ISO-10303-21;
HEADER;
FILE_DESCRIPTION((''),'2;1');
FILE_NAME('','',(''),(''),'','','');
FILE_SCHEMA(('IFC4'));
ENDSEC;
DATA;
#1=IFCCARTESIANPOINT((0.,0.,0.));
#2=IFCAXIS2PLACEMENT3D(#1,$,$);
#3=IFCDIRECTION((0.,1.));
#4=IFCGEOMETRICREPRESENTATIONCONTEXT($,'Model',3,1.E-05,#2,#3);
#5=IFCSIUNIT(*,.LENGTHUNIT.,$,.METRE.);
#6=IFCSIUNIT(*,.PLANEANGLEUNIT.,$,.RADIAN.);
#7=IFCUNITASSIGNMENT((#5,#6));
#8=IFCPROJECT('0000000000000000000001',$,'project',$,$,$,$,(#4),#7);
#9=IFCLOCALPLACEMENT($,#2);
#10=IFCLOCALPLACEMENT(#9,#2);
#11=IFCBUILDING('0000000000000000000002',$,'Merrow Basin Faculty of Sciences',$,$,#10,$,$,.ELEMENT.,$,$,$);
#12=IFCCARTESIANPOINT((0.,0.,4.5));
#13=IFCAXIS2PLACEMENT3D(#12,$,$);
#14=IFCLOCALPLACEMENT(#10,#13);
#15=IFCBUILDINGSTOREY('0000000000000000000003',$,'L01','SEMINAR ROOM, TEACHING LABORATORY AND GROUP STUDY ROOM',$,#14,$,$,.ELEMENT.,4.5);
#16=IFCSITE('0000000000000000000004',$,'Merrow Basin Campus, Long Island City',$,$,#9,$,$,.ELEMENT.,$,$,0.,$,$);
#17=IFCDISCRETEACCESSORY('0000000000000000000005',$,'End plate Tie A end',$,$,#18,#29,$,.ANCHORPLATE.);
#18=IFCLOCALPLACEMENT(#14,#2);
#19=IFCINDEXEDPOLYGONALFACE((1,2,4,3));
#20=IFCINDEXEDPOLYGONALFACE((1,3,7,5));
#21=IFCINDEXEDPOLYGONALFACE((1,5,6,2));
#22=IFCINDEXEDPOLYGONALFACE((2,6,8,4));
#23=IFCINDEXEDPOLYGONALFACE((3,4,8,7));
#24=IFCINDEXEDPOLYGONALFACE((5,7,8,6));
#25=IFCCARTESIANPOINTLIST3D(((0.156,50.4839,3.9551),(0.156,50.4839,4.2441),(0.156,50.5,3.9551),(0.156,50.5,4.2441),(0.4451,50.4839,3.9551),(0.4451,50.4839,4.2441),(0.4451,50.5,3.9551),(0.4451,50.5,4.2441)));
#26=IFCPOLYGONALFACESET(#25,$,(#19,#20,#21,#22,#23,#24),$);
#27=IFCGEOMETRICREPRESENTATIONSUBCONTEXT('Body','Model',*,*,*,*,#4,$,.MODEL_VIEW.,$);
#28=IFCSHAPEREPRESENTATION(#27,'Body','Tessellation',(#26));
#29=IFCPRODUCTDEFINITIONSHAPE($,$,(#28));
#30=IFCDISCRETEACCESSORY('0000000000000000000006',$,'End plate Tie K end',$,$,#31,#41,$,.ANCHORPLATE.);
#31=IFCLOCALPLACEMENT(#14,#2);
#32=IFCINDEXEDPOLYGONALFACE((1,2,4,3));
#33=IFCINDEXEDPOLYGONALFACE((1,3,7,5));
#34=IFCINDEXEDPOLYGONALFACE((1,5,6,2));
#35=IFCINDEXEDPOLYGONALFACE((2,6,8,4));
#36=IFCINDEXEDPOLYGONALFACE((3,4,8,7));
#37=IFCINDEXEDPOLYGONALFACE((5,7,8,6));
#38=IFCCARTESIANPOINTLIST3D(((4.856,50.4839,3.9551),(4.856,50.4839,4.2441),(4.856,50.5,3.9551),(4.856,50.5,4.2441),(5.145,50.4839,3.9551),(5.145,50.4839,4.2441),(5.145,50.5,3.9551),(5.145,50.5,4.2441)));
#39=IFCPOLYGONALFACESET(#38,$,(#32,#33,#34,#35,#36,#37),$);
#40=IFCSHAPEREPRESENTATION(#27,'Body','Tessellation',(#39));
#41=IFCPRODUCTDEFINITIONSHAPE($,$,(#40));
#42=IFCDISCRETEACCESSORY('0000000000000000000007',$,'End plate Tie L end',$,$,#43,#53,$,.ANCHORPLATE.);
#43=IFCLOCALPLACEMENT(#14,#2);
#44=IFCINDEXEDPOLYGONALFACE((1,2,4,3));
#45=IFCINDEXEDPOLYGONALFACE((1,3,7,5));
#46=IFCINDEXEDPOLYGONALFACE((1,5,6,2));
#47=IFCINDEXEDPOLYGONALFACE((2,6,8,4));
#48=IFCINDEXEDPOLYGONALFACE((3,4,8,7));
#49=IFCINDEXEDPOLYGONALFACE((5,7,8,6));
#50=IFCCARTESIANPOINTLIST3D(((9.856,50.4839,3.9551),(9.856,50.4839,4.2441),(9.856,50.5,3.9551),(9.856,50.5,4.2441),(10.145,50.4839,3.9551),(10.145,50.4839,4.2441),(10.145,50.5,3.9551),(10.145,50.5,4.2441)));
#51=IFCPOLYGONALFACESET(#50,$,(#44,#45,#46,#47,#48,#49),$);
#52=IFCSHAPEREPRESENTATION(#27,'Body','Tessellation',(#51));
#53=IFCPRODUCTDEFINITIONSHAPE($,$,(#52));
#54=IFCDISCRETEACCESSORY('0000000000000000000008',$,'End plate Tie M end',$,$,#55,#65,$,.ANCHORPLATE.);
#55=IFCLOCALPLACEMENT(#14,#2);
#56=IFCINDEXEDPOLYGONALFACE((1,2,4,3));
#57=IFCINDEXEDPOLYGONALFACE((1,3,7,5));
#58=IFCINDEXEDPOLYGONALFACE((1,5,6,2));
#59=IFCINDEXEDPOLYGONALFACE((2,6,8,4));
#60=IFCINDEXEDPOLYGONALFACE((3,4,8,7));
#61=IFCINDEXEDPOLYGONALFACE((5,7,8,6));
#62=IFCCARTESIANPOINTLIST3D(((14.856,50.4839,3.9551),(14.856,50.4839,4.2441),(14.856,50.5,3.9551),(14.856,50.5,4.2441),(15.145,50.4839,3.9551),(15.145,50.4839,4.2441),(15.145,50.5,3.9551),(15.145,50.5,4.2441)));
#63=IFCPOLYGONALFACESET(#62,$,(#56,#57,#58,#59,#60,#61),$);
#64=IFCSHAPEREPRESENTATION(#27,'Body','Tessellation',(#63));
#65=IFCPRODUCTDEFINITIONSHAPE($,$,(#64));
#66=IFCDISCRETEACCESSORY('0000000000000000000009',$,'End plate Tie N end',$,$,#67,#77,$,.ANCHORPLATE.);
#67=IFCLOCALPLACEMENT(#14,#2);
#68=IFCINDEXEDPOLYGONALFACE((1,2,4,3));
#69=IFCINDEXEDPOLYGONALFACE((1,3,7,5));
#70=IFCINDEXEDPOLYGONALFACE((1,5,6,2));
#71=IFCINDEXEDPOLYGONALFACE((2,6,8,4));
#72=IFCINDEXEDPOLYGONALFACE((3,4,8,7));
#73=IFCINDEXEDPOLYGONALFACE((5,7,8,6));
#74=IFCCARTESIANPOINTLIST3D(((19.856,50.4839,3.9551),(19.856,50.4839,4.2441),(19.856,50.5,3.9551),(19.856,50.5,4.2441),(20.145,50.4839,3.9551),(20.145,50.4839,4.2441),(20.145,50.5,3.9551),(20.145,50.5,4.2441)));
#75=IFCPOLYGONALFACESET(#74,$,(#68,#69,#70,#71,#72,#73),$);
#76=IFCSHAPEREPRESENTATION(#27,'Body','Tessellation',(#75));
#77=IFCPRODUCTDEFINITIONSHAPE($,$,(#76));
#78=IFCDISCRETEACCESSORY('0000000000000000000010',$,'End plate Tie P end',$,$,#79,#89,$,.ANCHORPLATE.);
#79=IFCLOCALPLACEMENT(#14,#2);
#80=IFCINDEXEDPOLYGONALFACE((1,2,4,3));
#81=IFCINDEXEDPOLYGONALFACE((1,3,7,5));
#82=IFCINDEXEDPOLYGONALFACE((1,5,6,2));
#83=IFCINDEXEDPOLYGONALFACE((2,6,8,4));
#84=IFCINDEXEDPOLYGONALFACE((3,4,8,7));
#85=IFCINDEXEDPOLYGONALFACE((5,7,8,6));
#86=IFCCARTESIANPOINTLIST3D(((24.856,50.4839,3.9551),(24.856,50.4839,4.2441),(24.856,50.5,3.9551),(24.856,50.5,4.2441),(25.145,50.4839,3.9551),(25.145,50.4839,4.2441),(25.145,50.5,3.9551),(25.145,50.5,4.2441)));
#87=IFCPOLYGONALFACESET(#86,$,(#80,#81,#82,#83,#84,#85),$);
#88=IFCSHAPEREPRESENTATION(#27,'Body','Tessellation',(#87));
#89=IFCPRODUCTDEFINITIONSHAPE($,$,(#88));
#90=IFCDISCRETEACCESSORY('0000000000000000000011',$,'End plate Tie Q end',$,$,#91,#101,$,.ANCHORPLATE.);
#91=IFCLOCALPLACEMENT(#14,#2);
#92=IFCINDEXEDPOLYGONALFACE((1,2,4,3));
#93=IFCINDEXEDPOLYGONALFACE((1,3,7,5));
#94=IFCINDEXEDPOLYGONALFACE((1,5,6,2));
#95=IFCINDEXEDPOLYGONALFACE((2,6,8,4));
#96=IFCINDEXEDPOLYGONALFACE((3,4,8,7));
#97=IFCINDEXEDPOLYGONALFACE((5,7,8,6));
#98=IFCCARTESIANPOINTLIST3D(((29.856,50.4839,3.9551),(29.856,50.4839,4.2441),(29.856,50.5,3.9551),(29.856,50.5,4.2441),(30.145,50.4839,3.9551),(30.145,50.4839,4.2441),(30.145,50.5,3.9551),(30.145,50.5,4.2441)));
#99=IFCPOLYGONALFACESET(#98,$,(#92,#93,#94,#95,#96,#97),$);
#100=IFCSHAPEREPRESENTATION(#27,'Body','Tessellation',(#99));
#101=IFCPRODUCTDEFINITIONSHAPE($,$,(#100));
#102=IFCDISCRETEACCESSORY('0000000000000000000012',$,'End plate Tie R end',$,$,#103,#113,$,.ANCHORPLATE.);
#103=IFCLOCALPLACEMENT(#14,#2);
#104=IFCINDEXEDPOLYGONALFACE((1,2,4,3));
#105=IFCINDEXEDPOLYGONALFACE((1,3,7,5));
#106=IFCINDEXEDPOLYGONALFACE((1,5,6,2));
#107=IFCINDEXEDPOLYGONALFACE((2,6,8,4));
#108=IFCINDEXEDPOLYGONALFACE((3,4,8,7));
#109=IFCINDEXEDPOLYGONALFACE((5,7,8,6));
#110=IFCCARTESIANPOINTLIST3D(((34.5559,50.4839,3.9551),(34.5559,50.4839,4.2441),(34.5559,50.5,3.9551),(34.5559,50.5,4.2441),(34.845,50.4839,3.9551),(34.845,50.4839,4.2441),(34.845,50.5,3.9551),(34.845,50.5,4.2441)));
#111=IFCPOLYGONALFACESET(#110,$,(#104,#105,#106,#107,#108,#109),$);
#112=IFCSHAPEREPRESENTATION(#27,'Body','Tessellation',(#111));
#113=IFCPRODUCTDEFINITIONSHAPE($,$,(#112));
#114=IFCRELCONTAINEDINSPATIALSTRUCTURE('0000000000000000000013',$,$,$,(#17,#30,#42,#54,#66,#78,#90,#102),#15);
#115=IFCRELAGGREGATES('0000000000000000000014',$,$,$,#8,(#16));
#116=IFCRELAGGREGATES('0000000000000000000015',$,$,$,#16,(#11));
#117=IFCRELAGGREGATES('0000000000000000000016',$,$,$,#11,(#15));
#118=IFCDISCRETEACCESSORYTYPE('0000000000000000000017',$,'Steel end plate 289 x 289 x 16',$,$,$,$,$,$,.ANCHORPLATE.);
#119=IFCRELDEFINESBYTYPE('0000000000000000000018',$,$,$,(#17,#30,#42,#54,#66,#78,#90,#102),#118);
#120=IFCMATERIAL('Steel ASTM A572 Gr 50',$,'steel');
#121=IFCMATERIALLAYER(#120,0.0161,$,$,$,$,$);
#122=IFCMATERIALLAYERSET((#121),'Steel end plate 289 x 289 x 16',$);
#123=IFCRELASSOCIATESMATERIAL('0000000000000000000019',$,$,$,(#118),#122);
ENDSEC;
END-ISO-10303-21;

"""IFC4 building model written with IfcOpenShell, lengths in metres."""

from ifc_helpers import new_model, si_unit, direction, frame, origin, place, context, subcontext, project, spatial, polyline, outline, extrude, source, transform, mapped, material, layer, layer_set, type_object, element, save


model = new_model("IFC4")

# Units and contexts
model_context = context("Model", 3, precision=1e-05, world=origin(), true_north=direction((0.0, 1.0)))
body_context = subcontext(model_context, "Body", "Model", "MODEL_VIEW")
ifc_project = project(units=[si_unit("LENGTHUNIT", "METRE"), si_unit("PLANEANGLEUNIT", "RADIAN")], contexts=[model_context])

# Site, building, storey
site_placement = place(None, origin())
site = spatial("IfcSite", under=ifc_project, at=site_placement, Name="Merrow Basin Campus, Long Island City", CompositionType="ELEMENT", RefElevation=0.0)
building_placement = place(site_placement, origin())
building = spatial("IfcBuilding", under=site, at=building_placement, Name="Merrow Basin Faculty of Sciences", CompositionType="ELEMENT")
storey_placement = place(building_placement, frame((0.0, 0.0, 4.5)))
storey = spatial("IfcBuildingStorey", under=building, at=storey_placement, Name="L01", Description="SEMINAR ROOM, TEACHING LABORATORY AND GROUP STUDY ROOM", CompositionType="ELEMENT", Elevation=4.5)

# Discrete accessories
ifc_material_1 = material(Name="Steel ASTM A572 Gr 50", Category="steel")
ifc_layer_1 = layer(ifc_material_1, 0.0161)
ifc_layer_set_1 = layer_set([ifc_layer_1], Name="Steel end plate 289 x 289 x 16")
discrete_accessory_type = type_object("IfcDiscreteAccessoryType", Name="Steel end plate 289 x 289 x 16", PredefinedType="ANCHORPLATE", material=ifc_layer_set_1)
shared_shape = source(origin(), body_context, "Body", "SweptSolid", [
    extrude(outline(polyline([(0.0, 0.0), (0.2891, 0.0), (0.2891, 0.2891), (0.0, 0.2891), (0.0, 0.0)])), origin(), (0.0, 0.0, 1.0), 0.0161),
])
for number, where, z_axis, x_axis, name in (
    (1, (0.4451, 50.4839, 3.9551), (0.0, 1.0, 0.0), (-1.0, 0.0, 0.0), "End plate Tie A end"),
    (2, (5.145, 50.4839, 3.9551), (0.0, 1.0, 0.0), (-1.0, 0.0, 0.0), "End plate Tie K end"),
    (3, (10.145, 50.4839, 3.9551), (0.0, 1.0, 0.0), (-1.0, 0.0, 0.0), "End plate Tie L end"),
    (4, (15.145, 50.4839, 3.9551), (0.0, 1.0, 0.0), (-1.0, 0.0, 0.0), "End plate Tie M end"),
    (5, (20.145, 50.4839, 3.9551), (0.0, 1.0, 0.0), (-1.0, 0.0, 0.0), "End plate Tie N end"),
    (6, (25.145, 50.4839, 3.9551), (0.0, 1.0, 0.0), (-1.0, 0.0, 0.0), "End plate Tie P end"),
    (7, (30.145, 50.4839, 3.9551), (0.0, 1.0, 0.0), (-1.0, 0.0, 0.0), "End plate Tie Q end"),
    (8, (34.845, 50.4839, 3.9551), (0.0, 1.0, 0.0), (-1.0, 0.0, 0.0), "End plate Tie R end"),
):
    element("IfcDiscreteAccessory", number, at=place(storey_placement, frame(where, z_axis=z_axis, x_axis=x_axis)), inside=storey, type_object=discrete_accessory_type, Name=name, PredefinedType="ANCHORPLATE", context=body_context, shape_type="MappedRepresentation", body=[
        mapped(shared_shape, transform((0.0, 0.0, 0.0), scale=1.0)),
    ])

save(model, "model.ifc")
